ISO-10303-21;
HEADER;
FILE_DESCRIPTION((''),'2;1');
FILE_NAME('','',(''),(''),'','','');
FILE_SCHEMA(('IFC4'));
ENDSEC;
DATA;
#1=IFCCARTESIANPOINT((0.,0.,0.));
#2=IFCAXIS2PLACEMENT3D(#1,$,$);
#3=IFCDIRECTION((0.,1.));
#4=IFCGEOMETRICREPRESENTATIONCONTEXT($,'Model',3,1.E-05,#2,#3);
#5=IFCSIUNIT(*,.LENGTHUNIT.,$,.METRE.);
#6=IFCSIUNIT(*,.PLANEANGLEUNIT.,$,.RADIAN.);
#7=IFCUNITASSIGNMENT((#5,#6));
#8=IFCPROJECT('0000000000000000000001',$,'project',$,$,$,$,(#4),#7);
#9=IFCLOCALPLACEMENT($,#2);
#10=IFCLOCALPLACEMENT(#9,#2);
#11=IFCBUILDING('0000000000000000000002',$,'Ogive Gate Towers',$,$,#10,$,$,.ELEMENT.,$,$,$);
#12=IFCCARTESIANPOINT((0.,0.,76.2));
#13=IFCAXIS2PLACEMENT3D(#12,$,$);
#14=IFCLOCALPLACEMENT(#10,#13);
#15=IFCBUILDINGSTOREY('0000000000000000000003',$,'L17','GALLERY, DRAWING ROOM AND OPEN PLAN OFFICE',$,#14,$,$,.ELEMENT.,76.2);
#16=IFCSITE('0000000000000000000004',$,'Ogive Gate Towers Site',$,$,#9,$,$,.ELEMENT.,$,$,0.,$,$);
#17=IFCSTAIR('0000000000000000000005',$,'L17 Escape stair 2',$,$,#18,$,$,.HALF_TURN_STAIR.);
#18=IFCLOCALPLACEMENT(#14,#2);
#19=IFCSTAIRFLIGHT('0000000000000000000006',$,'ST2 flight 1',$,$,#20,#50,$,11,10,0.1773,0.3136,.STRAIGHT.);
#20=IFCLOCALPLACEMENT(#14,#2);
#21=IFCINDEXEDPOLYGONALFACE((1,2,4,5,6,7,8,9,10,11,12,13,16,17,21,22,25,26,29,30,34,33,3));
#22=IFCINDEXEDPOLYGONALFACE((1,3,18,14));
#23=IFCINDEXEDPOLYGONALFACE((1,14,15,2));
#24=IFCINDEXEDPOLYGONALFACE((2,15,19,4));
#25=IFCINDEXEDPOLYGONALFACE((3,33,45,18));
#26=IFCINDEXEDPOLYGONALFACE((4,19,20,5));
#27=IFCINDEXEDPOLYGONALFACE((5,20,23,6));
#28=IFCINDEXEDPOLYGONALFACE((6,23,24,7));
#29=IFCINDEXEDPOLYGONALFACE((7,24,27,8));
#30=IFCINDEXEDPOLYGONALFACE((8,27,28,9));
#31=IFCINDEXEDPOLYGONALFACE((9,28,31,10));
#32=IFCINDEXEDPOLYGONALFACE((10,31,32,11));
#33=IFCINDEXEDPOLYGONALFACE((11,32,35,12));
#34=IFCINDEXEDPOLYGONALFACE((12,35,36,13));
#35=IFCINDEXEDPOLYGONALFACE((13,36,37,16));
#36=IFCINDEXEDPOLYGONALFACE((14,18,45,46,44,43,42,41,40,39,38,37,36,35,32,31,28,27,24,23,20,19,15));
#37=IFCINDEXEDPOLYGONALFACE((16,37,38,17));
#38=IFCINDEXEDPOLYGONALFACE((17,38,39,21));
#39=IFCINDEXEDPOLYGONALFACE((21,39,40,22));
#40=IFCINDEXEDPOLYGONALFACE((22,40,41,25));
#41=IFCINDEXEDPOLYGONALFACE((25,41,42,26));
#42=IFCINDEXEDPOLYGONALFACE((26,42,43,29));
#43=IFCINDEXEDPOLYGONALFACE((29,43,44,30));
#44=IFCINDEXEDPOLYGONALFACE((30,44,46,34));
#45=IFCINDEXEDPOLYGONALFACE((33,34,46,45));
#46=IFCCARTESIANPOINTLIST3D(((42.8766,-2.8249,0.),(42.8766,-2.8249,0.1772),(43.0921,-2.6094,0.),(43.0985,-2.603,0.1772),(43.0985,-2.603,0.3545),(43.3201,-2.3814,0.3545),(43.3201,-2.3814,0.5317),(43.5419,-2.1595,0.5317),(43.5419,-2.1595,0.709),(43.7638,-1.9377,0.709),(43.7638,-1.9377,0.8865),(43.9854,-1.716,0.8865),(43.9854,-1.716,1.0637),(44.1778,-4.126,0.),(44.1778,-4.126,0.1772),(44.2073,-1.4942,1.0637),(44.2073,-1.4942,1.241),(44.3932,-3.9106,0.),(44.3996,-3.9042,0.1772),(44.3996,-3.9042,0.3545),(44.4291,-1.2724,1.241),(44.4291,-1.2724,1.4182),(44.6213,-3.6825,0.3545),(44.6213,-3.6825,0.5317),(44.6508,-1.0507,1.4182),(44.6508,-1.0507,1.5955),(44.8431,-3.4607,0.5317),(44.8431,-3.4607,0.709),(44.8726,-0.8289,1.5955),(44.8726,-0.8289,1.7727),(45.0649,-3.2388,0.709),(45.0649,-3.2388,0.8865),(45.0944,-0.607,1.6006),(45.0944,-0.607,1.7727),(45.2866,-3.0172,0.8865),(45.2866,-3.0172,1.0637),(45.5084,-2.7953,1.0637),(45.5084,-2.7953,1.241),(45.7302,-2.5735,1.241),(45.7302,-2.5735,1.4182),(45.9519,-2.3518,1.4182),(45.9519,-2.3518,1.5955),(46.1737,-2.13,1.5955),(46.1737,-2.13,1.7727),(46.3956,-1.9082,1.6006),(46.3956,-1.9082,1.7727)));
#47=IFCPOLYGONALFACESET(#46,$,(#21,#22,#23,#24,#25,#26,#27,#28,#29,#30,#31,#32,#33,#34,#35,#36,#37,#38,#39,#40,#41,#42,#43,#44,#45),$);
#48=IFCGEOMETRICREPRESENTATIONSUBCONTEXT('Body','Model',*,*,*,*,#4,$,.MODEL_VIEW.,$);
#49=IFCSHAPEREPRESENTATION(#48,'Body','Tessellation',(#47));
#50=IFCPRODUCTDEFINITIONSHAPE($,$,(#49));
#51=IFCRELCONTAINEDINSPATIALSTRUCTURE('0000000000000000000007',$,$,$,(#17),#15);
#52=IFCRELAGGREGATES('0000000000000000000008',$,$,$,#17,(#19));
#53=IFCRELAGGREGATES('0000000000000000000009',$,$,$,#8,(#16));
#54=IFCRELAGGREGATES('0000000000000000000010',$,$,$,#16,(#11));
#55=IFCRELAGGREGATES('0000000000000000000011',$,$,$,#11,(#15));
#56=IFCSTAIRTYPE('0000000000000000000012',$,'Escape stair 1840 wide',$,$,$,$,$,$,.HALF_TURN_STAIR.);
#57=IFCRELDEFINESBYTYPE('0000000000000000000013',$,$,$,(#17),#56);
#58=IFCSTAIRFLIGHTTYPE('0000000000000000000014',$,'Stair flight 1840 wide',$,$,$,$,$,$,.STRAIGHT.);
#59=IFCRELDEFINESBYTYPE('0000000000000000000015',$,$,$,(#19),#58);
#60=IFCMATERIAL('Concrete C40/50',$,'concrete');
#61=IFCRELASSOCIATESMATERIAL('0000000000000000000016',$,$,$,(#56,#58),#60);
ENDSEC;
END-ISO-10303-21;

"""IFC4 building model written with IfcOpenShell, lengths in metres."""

from ifc_helpers import new_model, si_unit, direction, frame, origin, place, context, subcontext, project, spatial, polyline, outline, extrude, material, type_object, element, aggregate, save


model = new_model("IFC4")

# Units and contexts
model_context = context("Model", 3, precision=1e-05, world=origin(), true_north=direction((0.0, 1.0)))
body_context = subcontext(model_context, "Body", "Model", "MODEL_VIEW")
ifc_project = project(units=[si_unit("LENGTHUNIT", "METRE"), si_unit("PLANEANGLEUNIT", "RADIAN")], contexts=[model_context])

# Site, building, storey
site_placement = place(None, origin())
site = spatial("IfcSite", under=ifc_project, at=site_placement, Name="Ogive Gate Towers Site", CompositionType="ELEMENT", RefElevation=0.0)
building_placement = place(site_placement, origin())
building = spatial("IfcBuilding", under=site, at=building_placement, Name="Ogive Gate Towers", CompositionType="ELEMENT")
storey_placement = place(building_placement, frame((0.0, 0.0, 76.2)))
storey = spatial("IfcBuildingStorey", under=building, at=storey_placement, Name="L17", Description="GALLERY, DRAWING ROOM AND OPEN PLAN OFFICE", CompositionType="ELEMENT", Elevation=76.2)

# Shared definitions
ifc_material_1 = material(Name="Concrete C40/50", Category="concrete")

# Stair, stair flight
stair_type = type_object("IfcStairType", Name="Escape stair 1840 wide", PredefinedType="HALF_TURN_STAIR", material=ifc_material_1)
stair_placement = place(storey_placement, origin())
stair = element("IfcStair", 1, at=stair_placement, inside=storey, type_object=stair_type, Name="L17 Escape stair 2", PredefinedType="HALF_TURN_STAIR")
stair_flight_type = type_object("IfcStairFlightType", Name="Stair flight 1840 wide", PredefinedType="STRAIGHT", material=ifc_material_1)
stair_flight_placement = place(storey_placement, frame((43.5271, -3.4753, 0.0), z_axis=(0.0, 0.0, 1.0), x_axis=(0.707107, 0.707107, 0.0)))
stair_flight = element("IfcStairFlight", 2, at=stair_flight_placement, type_object=stair_flight_type, Name="ST2 flight 1", NumberOfRisers=11, NumberOfTreads=10, PredefinedType="STRAIGHT", RiserHeight=0.1773, TreadLength=0.3136, context=body_context, shape_type="SweptSolid", body=[
    extrude(outline(polyline([(0.0, 0.0), (0.0, 0.1772), (0.3137, 0.1772), (0.3137, 0.3545), (0.6272, 0.3545), (0.6272, 0.5317), (0.9409, 0.5317), (0.9409, 0.709), (1.2546, 0.709), (1.2546, 0.8865), (1.5681, 0.8865), (1.5681, 1.0637), (1.8818, 1.0637), (1.8818, 1.241), (2.1956, 1.241), (2.1956, 1.4182), (2.509, 1.4182), (2.509, 1.5955), (2.8228, 1.5955), (2.8228, 1.7727), (3.1365, 1.7727), (3.1365, 1.95), (3.1365, 1.6006), (0.3047, 0.0), (0.0, 0.0)])), frame((0.0, 0.9199, 0.0), z_axis=(0.0, -1.0, 0.0), x_axis=(1.0, 0.0, 0.0)), (0.0, 0.0, 1.0), 1.8401),
])
aggregate(stair, [stair_flight])

save(model, "model.ifc")
